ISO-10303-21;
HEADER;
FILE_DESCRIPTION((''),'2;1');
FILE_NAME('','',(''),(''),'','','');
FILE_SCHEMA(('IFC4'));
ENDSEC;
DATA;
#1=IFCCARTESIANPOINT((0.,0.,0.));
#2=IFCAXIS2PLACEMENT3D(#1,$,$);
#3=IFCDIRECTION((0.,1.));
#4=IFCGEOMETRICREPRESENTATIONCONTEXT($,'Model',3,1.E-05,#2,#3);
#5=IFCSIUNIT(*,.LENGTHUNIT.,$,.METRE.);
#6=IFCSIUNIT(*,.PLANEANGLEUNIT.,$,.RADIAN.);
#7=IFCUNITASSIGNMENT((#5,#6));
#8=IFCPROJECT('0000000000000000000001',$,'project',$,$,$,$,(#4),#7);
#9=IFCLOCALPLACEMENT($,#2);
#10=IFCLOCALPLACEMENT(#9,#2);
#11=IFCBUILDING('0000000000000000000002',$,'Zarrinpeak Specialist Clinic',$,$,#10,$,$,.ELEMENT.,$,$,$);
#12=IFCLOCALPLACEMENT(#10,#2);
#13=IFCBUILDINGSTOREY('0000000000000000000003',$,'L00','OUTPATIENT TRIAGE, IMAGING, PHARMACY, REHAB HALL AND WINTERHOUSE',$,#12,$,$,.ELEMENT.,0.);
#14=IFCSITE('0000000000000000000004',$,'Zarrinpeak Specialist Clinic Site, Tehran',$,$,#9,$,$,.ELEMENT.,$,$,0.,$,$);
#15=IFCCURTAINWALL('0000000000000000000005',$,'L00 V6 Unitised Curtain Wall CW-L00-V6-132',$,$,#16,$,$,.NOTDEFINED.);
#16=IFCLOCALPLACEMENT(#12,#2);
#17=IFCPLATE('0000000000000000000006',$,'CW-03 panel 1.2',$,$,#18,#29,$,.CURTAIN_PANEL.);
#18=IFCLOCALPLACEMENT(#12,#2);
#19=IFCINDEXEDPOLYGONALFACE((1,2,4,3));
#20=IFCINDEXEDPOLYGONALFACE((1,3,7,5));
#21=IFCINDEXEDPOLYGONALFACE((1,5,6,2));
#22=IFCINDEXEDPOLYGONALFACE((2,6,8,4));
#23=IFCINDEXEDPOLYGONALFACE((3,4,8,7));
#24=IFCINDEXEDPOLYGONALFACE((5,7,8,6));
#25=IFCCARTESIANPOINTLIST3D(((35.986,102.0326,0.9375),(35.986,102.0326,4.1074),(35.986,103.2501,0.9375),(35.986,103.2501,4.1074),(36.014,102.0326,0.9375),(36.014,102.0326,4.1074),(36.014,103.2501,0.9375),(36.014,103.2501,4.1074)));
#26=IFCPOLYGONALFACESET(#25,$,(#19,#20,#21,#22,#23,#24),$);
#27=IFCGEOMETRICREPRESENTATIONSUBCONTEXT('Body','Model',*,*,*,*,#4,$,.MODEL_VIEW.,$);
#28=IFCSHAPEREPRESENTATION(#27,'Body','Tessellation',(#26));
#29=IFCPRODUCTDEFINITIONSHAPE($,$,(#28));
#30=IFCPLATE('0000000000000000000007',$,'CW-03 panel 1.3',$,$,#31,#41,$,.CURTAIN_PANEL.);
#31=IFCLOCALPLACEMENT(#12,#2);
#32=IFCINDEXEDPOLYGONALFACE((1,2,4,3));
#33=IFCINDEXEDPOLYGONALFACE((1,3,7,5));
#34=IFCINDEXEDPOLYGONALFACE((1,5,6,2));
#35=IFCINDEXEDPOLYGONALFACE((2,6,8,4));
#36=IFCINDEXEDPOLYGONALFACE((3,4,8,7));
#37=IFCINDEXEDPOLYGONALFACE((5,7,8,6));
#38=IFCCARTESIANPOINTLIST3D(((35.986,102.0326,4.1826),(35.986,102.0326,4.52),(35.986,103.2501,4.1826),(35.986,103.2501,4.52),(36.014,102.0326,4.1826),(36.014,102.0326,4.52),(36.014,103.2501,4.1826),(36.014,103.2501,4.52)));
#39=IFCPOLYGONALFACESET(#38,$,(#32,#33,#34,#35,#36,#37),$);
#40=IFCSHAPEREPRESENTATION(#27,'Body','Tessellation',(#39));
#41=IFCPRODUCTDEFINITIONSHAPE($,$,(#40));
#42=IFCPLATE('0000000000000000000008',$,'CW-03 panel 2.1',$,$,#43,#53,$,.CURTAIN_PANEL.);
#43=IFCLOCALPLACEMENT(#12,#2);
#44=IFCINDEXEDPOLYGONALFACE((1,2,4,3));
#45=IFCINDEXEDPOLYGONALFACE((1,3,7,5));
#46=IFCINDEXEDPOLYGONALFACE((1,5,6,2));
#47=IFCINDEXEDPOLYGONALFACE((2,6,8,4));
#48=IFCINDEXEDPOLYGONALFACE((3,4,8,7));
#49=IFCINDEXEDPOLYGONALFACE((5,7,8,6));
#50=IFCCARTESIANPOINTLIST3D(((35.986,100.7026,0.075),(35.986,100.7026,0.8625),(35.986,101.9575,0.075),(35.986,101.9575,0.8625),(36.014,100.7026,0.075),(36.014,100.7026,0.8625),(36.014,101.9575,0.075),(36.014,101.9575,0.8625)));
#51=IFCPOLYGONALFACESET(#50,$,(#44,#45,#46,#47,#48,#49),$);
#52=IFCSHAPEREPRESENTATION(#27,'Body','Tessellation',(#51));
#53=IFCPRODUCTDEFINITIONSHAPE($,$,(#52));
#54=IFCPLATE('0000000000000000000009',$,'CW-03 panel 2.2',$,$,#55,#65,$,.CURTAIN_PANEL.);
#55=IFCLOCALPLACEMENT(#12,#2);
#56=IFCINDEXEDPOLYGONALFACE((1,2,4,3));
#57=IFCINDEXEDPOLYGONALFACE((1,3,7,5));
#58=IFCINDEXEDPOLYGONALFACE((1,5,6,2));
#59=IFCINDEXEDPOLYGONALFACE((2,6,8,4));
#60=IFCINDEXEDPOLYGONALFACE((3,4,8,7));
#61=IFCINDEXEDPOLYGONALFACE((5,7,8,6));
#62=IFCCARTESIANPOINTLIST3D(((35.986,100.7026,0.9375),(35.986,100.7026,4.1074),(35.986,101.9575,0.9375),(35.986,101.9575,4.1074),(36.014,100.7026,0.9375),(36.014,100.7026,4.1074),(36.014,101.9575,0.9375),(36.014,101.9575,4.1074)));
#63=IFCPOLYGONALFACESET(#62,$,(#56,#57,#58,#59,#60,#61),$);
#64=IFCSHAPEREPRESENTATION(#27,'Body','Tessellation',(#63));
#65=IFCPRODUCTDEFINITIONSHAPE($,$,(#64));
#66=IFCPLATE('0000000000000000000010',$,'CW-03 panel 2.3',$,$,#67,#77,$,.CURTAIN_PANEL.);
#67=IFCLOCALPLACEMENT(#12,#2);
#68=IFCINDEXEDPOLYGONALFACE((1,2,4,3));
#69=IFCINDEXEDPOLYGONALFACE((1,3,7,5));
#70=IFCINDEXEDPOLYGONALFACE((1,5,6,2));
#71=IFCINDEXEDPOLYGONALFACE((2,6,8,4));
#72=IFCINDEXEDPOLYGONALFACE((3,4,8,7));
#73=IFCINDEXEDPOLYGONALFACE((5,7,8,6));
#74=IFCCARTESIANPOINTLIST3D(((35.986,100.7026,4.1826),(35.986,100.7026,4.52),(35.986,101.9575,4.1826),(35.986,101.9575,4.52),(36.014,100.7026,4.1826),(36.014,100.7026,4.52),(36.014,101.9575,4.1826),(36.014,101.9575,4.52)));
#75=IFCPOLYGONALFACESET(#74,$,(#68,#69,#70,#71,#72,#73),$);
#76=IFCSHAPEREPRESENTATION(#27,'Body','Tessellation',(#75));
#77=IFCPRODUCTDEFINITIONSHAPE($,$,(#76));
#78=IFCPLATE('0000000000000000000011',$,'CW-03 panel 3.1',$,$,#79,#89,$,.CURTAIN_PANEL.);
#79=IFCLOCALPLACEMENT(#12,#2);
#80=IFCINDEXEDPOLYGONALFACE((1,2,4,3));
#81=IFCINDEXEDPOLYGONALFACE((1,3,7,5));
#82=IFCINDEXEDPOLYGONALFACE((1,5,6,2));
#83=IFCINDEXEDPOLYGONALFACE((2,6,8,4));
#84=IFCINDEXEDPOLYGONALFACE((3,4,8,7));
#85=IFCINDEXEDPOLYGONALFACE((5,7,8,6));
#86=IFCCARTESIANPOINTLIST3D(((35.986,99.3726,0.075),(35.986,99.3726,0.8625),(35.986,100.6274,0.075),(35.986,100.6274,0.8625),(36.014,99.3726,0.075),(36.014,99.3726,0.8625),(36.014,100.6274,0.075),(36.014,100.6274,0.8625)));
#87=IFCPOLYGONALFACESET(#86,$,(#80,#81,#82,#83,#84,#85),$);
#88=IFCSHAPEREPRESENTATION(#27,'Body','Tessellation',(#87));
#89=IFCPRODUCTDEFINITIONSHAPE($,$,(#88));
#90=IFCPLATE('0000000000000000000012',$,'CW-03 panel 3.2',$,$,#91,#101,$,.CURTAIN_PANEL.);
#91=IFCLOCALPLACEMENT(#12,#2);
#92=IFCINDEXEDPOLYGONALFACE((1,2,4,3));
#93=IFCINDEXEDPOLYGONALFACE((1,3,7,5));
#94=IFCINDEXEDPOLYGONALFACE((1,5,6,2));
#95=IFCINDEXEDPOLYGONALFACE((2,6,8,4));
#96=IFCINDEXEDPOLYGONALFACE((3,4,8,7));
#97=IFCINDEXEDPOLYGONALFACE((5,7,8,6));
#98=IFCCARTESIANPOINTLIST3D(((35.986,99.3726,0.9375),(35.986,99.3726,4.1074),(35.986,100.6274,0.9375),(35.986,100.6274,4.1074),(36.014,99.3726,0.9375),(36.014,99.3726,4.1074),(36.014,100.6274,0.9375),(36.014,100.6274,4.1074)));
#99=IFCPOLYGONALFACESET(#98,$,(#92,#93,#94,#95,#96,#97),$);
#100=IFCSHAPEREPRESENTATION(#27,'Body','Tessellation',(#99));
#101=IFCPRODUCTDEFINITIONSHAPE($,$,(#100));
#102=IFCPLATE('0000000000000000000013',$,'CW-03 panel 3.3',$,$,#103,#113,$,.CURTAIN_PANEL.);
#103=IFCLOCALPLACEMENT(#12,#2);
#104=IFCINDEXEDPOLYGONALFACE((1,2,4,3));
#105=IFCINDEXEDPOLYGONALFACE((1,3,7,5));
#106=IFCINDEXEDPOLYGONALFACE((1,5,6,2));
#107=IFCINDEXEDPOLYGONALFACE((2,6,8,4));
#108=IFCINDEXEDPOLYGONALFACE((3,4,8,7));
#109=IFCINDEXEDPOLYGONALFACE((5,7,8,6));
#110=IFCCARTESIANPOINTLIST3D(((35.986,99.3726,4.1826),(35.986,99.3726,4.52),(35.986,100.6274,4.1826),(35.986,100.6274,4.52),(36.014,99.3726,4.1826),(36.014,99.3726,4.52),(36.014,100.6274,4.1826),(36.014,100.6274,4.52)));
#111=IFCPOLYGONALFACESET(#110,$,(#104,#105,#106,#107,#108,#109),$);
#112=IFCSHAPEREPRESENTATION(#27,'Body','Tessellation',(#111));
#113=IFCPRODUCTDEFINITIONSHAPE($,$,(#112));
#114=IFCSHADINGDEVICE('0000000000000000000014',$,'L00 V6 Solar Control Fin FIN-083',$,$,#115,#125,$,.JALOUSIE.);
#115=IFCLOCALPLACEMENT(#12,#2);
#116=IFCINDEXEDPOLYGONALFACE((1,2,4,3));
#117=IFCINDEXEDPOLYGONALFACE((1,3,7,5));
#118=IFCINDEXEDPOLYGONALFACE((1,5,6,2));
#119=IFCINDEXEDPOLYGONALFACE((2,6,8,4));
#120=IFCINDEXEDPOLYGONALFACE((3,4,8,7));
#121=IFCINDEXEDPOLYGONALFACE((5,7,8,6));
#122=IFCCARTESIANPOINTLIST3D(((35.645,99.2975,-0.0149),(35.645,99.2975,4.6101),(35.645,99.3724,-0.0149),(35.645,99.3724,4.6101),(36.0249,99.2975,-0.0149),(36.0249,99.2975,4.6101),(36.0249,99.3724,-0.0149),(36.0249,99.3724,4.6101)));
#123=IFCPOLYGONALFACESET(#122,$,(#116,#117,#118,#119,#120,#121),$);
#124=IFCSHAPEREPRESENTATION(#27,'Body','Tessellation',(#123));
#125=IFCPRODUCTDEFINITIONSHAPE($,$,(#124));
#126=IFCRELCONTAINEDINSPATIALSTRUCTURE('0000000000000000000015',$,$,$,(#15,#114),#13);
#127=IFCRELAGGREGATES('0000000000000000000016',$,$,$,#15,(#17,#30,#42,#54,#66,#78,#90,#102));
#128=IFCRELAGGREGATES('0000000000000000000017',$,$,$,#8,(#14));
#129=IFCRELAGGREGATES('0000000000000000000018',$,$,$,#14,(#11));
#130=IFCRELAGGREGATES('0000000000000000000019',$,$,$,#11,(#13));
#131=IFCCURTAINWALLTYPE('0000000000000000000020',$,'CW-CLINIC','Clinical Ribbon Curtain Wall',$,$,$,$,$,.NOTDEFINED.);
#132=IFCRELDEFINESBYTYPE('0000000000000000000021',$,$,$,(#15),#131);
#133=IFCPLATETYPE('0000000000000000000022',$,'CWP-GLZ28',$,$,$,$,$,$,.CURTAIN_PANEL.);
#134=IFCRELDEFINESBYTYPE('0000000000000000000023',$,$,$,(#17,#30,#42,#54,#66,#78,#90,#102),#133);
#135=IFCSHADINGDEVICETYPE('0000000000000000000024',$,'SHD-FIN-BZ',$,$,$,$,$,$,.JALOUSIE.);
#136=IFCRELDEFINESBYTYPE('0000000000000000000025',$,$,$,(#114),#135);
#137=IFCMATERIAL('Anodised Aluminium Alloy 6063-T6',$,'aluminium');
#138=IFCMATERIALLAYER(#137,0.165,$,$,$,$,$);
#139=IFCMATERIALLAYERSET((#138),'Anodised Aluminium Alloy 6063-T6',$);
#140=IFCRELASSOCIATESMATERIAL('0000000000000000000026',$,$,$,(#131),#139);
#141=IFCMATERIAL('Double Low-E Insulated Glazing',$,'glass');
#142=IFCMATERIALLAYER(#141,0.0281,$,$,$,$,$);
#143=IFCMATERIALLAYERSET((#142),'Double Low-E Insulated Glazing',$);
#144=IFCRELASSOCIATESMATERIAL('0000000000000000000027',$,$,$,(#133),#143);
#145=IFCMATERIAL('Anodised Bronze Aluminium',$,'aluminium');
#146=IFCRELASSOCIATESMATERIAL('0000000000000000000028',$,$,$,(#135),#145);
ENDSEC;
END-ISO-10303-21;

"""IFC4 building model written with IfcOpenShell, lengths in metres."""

from ifc_helpers import new_model, si_unit, direction, frame, origin, origin_2d, place, context, subcontext, project, spatial, rectangle, extrude, material, layer, layer_set, type_object, element, aggregate, save


model = new_model("IFC4")

# Units and contexts
model_context = context("Model", 3, precision=1e-05, world=origin(), true_north=direction((0.0, 1.0)))
body_context = subcontext(model_context, "Body", "Model", "MODEL_VIEW")
ifc_project = project(units=[si_unit("LENGTHUNIT", "METRE"), si_unit("PLANEANGLEUNIT", "RADIAN")], contexts=[model_context])

# Site, building, storey
site_placement = place(None, origin())
site = spatial("IfcSite", under=ifc_project, at=site_placement, Name="Zarrinpeak Specialist Clinic Site, Tehran", CompositionType="ELEMENT", RefElevation=0.0)
building_placement = place(site_placement, origin())
building = spatial("IfcBuilding", under=site, at=building_placement, Name="Zarrinpeak Specialist Clinic", CompositionType="ELEMENT")
storey_placement = place(building_placement, origin())
storey = spatial("IfcBuildingStorey", under=building, at=storey_placement, Name="L00", Description="OUTPATIENT TRIAGE, IMAGING, PHARMACY, REHAB HALL AND WINTERHOUSE", CompositionType="ELEMENT", Elevation=0.0)

# Curtain wall, plates
ifc_material_1 = material(Name="Anodised Aluminium Alloy 6063-T6", Category="aluminium")
ifc_layer_1 = layer(ifc_material_1, 0.165)
ifc_layer_set_1 = layer_set([ifc_layer_1], Name="Anodised Aluminium Alloy 6063-T6")
curtain_wall_type = type_object("IfcCurtainWallType", Name="CW-CLINIC", Description="Clinical Ribbon Curtain Wall", PredefinedType="NOTDEFINED", material=ifc_layer_set_1)
curtain_wall_placement = place(storey_placement, origin())
curtain_wall = element("IfcCurtainWall", 1, at=curtain_wall_placement, inside=storey, type_object=curtain_wall_type, Name="L00 V6 Unitised Curtain Wall CW-L00-V6-132", PredefinedType="NOTDEFINED")
ifc_material_2 = material(Name="Double Low-E Insulated Glazing", Category="glass")
ifc_layer_2 = layer(ifc_material_2, 0.0281)
ifc_layer_set_2 = layer_set([ifc_layer_2], Name="Double Low-E Insulated Glazing")
plate_type = type_object("IfcPlateType", Name="CWP-GLZ28", PredefinedType="CURTAIN_PANEL", material=ifc_layer_set_2)
plate_1_placement = place(storey_placement, frame((36.0, 102.6414, 0.9375), z_axis=(0.0, 0.0, 1.0), x_axis=(0.0, -1.0, 0.0)))
plate_1 = element("IfcPlate", 2, at=plate_1_placement, type_object=plate_type, Name="CW-03 panel 1.2", PredefinedType="CURTAIN_PANEL", context=body_context, shape_type="SweptSolid", body=[
    extrude(rectangle(XDim=1.2175, YDim=0.0281, at=origin_2d()), origin(), (0.0, 0.0, 1.0), 3.1699),
])
plate_2_placement = place(storey_placement, frame((36.0, 102.6414, 4.1826), z_axis=(0.0, 0.0, 1.0), x_axis=(0.0, -1.0, 0.0)))
plate_2 = element("IfcPlate", 3, at=plate_2_placement, type_object=plate_type, Name="CW-03 panel 1.3", PredefinedType="CURTAIN_PANEL", context=body_context, shape_type="SweptSolid", body=[
    extrude(rectangle(XDim=1.2175, YDim=0.0281, at=origin_2d()), origin(), (0.0, 0.0, 1.0), 0.3374),
])
plate_3_placement = place(storey_placement, frame((36.0, 101.3301, 0.075), z_axis=(0.0, 0.0, 1.0), x_axis=(0.0, -1.0, 0.0)))
plate_3 = element("IfcPlate", 4, at=plate_3_placement, type_object=plate_type, Name="CW-03 panel 2.1", PredefinedType="CURTAIN_PANEL", context=body_context, shape_type="SweptSolid", body=[
    extrude(rectangle(XDim=1.2549, YDim=0.0281, at=origin_2d()), origin(), (0.0, 0.0, 1.0), 0.7876),
])
plate_4_placement = place(storey_placement, frame((36.0, 101.3301, 0.9375), z_axis=(0.0, 0.0, 1.0), x_axis=(0.0, -1.0, 0.0)))
plate_4 = element("IfcPlate", 5, at=plate_4_placement, type_object=plate_type, Name="CW-03 panel 2.2", PredefinedType="CURTAIN_PANEL", context=body_context, shape_type="SweptSolid", body=[
    extrude(rectangle(XDim=1.2549, YDim=0.0281, at=origin_2d()), origin(), (0.0, 0.0, 1.0), 3.1699),
])
plate_5_placement = place(storey_placement, frame((36.0, 101.3301, 4.1826), z_axis=(0.0, 0.0, 1.0), x_axis=(0.0, -1.0, 0.0)))
plate_5 = element("IfcPlate", 6, at=plate_5_placement, type_object=plate_type, Name="CW-03 panel 2.3", PredefinedType="CURTAIN_PANEL", context=body_context, shape_type="SweptSolid", body=[
    extrude(rectangle(XDim=1.2549, YDim=0.0281, at=origin_2d()), origin(), (0.0, 0.0, 1.0), 0.3374),
])
plate_6_placement = place(storey_placement, frame((36.0, 100.0, 0.075), z_axis=(0.0, 0.0, 1.0), x_axis=(0.0, -1.0, 0.0)))
plate_6 = element("IfcPlate", 7, at=plate_6_placement, type_object=plate_type, Name="CW-03 panel 3.1", PredefinedType="CURTAIN_PANEL", context=body_context, shape_type="SweptSolid", body=[
    extrude(rectangle(XDim=1.2549, YDim=0.0281, at=origin_2d()), origin(), (0.0, 0.0, 1.0), 0.7876),
])
plate_7_placement = place(storey_placement, frame((36.0, 100.0, 0.9375), z_axis=(0.0, 0.0, 1.0), x_axis=(0.0, -1.0, 0.0)))
plate_7 = element("IfcPlate", 8, at=plate_7_placement, type_object=plate_type, Name="CW-03 panel 3.2", PredefinedType="CURTAIN_PANEL", context=body_context, shape_type="SweptSolid", body=[
    extrude(rectangle(XDim=1.2549, YDim=0.0281, at=origin_2d()), origin(), (0.0, 0.0, 1.0), 3.1699),
])
plate_8_placement = place(storey_placement, frame((36.0, 100.0, 4.1826), z_axis=(0.0, 0.0, 1.0), x_axis=(0.0, -1.0, 0.0)))
plate_8 = element("IfcPlate", 9, at=plate_8_placement, type_object=plate_type, Name="CW-03 panel 3.3", PredefinedType="CURTAIN_PANEL", context=body_context, shape_type="SweptSolid", body=[
    extrude(rectangle(XDim=1.2549, YDim=0.0281, at=origin_2d()), origin(), (0.0, 0.0, 1.0), 0.3374),
])
aggregate(curtain_wall, [plate_1, plate_2, plate_3, plate_4, plate_5, plate_6, plate_7, plate_8])

# Shading device
ifc_material_3 = material(Name="Anodised Bronze Aluminium", Category="aluminium")
shading_device_type = type_object("IfcShadingDeviceType", Name="SHD-FIN-BZ", PredefinedType="JALOUSIE", material=ifc_material_3)
shading_device_placement = place(storey_placement, frame((35.835, 99.335, -0.0149), z_axis=(0.0, 0.0, 1.0), x_axis=(1.0, 0.0, 0.0)))
element("IfcShadingDevice", 10, at=shading_device_placement, inside=storey, type_object=shading_device_type, Name="L00 V6 Solar Control Fin FIN-083", PredefinedType="JALOUSIE", context=body_context, shape_type="SweptSolid", body=[
    extrude(rectangle(XDim=0.3799, YDim=0.075, at=origin_2d()), origin(), (0.0, 0.0, 1.0), 4.625),
])

save(model, "model.ifc")
